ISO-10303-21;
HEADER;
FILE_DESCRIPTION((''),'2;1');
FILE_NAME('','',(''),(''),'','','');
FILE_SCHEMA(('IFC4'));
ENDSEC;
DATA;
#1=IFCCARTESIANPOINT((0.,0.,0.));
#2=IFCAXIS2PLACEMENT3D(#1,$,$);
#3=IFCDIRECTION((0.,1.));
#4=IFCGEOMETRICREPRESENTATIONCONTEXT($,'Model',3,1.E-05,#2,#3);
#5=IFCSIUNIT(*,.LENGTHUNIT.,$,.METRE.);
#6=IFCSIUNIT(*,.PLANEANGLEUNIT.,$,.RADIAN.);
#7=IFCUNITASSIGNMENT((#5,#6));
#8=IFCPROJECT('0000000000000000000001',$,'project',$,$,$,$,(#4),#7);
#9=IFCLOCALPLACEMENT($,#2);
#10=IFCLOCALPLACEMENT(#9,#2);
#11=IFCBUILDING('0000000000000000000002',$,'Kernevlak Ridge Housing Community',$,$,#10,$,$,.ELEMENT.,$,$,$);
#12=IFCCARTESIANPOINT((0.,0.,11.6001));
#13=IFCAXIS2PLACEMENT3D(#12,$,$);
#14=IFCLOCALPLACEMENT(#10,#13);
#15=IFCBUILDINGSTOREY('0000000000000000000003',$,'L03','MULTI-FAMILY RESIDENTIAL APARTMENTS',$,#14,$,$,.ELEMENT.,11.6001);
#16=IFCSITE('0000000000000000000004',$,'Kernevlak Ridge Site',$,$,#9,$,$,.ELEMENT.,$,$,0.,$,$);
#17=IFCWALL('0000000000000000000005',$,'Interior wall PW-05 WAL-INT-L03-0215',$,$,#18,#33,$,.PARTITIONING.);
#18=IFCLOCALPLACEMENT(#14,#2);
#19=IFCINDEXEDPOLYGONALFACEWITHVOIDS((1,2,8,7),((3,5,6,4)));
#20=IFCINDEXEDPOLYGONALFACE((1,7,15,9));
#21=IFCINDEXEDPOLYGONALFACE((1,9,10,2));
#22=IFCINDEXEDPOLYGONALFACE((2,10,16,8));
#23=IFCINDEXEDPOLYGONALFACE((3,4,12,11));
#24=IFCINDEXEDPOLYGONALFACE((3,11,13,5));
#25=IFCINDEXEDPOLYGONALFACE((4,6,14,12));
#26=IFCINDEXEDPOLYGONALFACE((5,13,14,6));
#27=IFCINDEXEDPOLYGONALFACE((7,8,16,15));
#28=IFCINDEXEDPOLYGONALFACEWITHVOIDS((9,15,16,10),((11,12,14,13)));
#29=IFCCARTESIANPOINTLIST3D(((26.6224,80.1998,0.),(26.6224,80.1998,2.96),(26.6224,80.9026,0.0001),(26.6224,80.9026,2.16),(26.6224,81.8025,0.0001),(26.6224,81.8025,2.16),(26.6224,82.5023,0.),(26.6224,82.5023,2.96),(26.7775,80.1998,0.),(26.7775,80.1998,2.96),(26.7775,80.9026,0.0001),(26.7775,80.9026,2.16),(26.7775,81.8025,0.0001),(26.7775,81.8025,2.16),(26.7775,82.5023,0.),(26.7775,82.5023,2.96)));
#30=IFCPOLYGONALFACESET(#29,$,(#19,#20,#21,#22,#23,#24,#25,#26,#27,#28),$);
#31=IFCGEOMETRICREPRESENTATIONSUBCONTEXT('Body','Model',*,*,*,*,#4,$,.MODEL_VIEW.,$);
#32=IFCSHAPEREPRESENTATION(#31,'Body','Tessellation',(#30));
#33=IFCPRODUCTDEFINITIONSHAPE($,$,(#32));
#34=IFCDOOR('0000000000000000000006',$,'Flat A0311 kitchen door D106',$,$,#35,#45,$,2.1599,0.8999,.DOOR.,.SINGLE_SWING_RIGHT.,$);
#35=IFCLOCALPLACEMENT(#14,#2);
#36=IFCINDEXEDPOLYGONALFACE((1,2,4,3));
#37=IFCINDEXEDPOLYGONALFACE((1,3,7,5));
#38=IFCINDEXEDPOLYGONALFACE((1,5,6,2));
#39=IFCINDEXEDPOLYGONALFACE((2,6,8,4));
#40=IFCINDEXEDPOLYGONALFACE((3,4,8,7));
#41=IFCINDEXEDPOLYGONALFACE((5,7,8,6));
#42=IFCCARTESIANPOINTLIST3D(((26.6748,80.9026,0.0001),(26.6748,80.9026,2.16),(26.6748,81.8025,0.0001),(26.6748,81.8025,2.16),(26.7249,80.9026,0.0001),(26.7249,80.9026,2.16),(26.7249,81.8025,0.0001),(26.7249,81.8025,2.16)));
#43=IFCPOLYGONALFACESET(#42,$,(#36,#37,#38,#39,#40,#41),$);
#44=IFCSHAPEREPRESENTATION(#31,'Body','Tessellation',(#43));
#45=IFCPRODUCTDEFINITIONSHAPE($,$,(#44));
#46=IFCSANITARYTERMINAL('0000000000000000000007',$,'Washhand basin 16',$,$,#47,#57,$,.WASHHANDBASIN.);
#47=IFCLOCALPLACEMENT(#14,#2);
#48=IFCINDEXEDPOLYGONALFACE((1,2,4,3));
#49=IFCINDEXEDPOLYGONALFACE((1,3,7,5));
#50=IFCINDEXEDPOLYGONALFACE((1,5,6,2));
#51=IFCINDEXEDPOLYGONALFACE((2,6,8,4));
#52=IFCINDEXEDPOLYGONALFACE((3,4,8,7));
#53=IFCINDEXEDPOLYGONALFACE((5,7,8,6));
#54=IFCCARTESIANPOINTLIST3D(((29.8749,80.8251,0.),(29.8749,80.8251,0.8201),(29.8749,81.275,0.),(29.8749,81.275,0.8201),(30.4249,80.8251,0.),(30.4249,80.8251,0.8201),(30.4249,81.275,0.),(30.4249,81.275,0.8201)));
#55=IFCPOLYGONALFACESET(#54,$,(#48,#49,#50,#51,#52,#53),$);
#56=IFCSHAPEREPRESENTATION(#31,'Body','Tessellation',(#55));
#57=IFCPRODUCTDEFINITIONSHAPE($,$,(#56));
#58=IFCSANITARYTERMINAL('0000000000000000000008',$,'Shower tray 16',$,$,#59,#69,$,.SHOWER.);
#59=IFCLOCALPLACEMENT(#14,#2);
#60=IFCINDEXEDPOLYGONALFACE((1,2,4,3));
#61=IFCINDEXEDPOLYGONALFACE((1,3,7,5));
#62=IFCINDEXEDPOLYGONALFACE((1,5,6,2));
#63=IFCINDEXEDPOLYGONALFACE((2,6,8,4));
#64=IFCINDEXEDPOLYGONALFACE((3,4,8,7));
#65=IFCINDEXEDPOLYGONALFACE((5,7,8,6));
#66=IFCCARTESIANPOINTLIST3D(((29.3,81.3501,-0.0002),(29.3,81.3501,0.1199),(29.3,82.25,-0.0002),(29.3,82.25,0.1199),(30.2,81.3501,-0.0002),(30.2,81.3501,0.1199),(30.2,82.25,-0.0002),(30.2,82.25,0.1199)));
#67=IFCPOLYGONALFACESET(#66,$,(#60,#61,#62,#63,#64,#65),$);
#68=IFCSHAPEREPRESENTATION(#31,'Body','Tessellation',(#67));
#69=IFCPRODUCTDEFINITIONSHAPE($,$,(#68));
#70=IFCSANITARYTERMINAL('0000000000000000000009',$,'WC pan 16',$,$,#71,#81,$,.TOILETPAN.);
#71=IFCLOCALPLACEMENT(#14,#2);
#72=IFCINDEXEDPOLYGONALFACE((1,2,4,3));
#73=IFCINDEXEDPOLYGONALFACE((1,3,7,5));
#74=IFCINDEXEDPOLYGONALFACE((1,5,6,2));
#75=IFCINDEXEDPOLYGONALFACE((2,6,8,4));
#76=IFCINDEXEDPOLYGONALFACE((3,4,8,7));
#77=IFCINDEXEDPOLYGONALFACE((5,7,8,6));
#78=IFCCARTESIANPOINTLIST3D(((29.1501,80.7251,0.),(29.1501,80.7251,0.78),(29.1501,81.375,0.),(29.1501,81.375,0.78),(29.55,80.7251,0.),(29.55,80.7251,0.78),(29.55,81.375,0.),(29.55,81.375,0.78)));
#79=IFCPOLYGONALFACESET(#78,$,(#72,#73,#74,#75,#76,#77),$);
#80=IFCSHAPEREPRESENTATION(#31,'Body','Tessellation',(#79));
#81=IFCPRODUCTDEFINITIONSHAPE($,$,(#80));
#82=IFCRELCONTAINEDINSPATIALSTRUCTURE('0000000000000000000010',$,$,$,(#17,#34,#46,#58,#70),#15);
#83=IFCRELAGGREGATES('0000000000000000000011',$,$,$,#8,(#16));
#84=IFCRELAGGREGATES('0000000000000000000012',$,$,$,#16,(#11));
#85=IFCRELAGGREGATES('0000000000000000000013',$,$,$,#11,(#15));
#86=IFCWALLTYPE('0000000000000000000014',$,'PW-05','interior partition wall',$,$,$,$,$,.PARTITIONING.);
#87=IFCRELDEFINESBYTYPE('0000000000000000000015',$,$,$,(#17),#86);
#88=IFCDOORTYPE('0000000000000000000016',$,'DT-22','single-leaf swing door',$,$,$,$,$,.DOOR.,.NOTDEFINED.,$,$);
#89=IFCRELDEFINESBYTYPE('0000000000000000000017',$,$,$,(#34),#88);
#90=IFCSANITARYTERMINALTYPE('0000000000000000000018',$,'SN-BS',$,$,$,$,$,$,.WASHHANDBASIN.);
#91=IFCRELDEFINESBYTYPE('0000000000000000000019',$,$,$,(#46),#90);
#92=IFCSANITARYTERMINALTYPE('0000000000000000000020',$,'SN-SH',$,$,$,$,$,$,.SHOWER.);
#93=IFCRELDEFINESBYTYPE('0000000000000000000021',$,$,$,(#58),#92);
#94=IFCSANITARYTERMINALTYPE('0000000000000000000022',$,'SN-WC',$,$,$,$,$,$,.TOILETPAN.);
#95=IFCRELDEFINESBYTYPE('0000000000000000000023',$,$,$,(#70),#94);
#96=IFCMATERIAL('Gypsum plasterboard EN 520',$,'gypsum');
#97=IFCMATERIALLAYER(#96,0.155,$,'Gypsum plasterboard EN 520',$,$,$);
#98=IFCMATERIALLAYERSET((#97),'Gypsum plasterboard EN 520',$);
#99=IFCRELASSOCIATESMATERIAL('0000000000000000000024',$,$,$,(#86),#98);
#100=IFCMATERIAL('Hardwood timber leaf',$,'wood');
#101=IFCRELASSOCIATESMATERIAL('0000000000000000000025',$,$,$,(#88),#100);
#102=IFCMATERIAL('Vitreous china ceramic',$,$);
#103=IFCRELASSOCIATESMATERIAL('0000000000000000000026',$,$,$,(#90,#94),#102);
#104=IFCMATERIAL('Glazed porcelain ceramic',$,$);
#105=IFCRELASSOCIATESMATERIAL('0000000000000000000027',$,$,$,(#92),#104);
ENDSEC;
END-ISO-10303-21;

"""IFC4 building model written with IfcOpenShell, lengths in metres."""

from ifc_helpers import new_model, si_unit, direction, frame, frame_2d, origin, origin_2d, place, context, subcontext, project, spatial, rectangle, extrude, material, layer, layer_set, type_object, element, fill, save


model = new_model("IFC4")

# Units and contexts
model_context = context("Model", 3, precision=1e-05, world=origin(), true_north=direction((0.0, 1.0)))
body_context = subcontext(model_context, "Body", "Model", "MODEL_VIEW")
ifc_project = project(units=[si_unit("LENGTHUNIT", "METRE"), si_unit("PLANEANGLEUNIT", "RADIAN")], contexts=[model_context])

# Site, building, storey
site_placement = place(None, origin())
site = spatial("IfcSite", under=ifc_project, at=site_placement, Name="Kernevlak Ridge Site", CompositionType="ELEMENT", RefElevation=0.0)
building_placement = place(site_placement, origin())
building = spatial("IfcBuilding", under=site, at=building_placement, Name="Kernevlak Ridge Housing Community", CompositionType="ELEMENT")
storey_placement = place(building_placement, frame((0.0, 0.0, 11.6001)))
storey = spatial("IfcBuildingStorey", under=building, at=storey_placement, Name="L03", Description="MULTI-FAMILY RESIDENTIAL APARTMENTS", CompositionType="ELEMENT", Elevation=11.6001)

# Wall, opening, door
ifc_material_1 = material(Name="Gypsum plasterboard EN 520", Category="gypsum")
ifc_layer_1 = layer(ifc_material_1, 0.155, Name="Gypsum plasterboard EN 520")
ifc_layer_set_1 = layer_set([ifc_layer_1], Name="Gypsum plasterboard EN 520")
wall_type_1 = type_object("IfcWallType", Name="PW-05", Description="interior partition wall", PredefinedType="PARTITIONING", material=ifc_layer_set_1)
wall_1_placement = place(storey_placement, frame((26.7, 82.5024, 0.0), z_axis=(0.0, 0.0, 1.0), x_axis=(0.0, -1.0, 0.0)))
wall_1 = element("IfcWall", 1, at=wall_1_placement, inside=storey, type_object=wall_type_1, Name="Interior wall PW-05 WAL-INT-L03-0215", PredefinedType="PARTITIONING", context=body_context, shape_type="SweptSolid", body=[
    extrude(rectangle(XDim=2.3025, YDim=0.155, at=frame_2d((1.1514, 0.0))), origin(), (0.0, 0.0, 1.0), 2.96),
])
opening_1_placement = place(wall_1_placement, frame((0.7, 0.0, 0.0)))
opening_1 = element("IfcOpeningElement", 2, at=opening_1_placement, cuts=wall_1, PredefinedType="OPENING", context=body_context, shape_type="SweptSolid", body=[
    extrude(rectangle(XDim=0.8999, YDim=2.1599, at=frame_2d((0.45, 1.0801))), frame((0.0, 0.0874, 0.0), z_axis=(0.0, -1.0, 0.0), x_axis=(1.0, 0.0, 0.0)), (0.0, 0.0, 1.0), 0.175),
])
ifc_material_2 = material(Name="Hardwood timber leaf", Category="wood")
door_type_1 = type_object("IfcDoorType", Name="DT-22", Description="single-leaf swing door", OperationType="NOTDEFINED", PredefinedType="DOOR", material=ifc_material_2)
door_1_placement = place(opening_1_placement, origin())
door_1 = element("IfcDoor", 3, at=door_1_placement, inside=storey, type_object=door_type_1, Name="Flat A0311 kitchen door D106", OperationType="SINGLE_SWING_RIGHT", OverallHeight=2.1599, OverallWidth=0.8999, PredefinedType="DOOR", context=body_context, shape_type="SweptSolid", body=[
    extrude(rectangle(XDim=0.8999, YDim=2.1599, at=frame_2d((0.45, 1.0801))), frame((0.0, 0.0249, 0.0), z_axis=(0.0, -1.0, 0.0), x_axis=(1.0, 0.0, 0.0)), (0.0, 0.0, 1.0), 0.05),
])
fill(opening_1, door_1)

# Sanitary terminals
ifc_material_3 = material(Name="Vitreous china ceramic")
sanitary_terminal_type_1 = type_object("IfcSanitaryTerminalType", Name="SN-BS", PredefinedType="WASHHANDBASIN", material=ifc_material_3)
sanitary_terminal_1_placement = place(storey_placement, frame((30.1499, 81.05, 0.0), z_axis=(0.0, 0.0, 1.0), x_axis=(1.0, 0.0, 0.0)))
element("IfcSanitaryTerminal", 4, at=sanitary_terminal_1_placement, inside=storey, type_object=sanitary_terminal_type_1, Name="Washhand basin 16", PredefinedType="WASHHANDBASIN", context=body_context, shape_type="SweptSolid", body=[
    extrude(rectangle(XDim=0.55, YDim=0.45, at=origin_2d()), origin(), (0.0, 0.0, 1.0), 0.8201),
])
ifc_material_4 = material(Name="Glazed porcelain ceramic")
sanitary_terminal_type_2 = type_object("IfcSanitaryTerminalType", Name="SN-SH", PredefinedType="SHOWER", material=ifc_material_4)
sanitary_terminal_2_placement = place(storey_placement, frame((29.75, 81.8, -0.0002), z_axis=(0.0, 0.0, 1.0), x_axis=(1.0, 0.0, 0.0)))
element("IfcSanitaryTerminal", 5, at=sanitary_terminal_2_placement, inside=storey, type_object=sanitary_terminal_type_2, Name="Shower tray 16", PredefinedType="SHOWER", context=body_context, shape_type="SweptSolid", body=[
    extrude(rectangle(XDim=0.8999, YDim=0.8999, at=origin_2d()), origin(), (0.0, 0.0, 1.0), 0.1201),
])
sanitary_terminal_type_3 = type_object("IfcSanitaryTerminalType", Name="SN-WC", PredefinedType="TOILETPAN", material=ifc_material_3)
sanitary_terminal_3_placement = place(storey_placement, frame((29.3501, 81.05, 0.0), z_axis=(0.0, 0.0, 1.0), x_axis=(1.0, 0.0, 0.0)))
element("IfcSanitaryTerminal", 6, at=sanitary_terminal_3_placement, inside=storey, type_object=sanitary_terminal_type_3, Name="WC pan 16", PredefinedType="TOILETPAN", context=body_context, shape_type="SweptSolid", body=[
    extrude(rectangle(XDim=0.3999, YDim=0.6499, at=origin_2d()), origin(), (0.0, 0.0, 1.0), 0.78),
])

save(model, "model.ifc")
